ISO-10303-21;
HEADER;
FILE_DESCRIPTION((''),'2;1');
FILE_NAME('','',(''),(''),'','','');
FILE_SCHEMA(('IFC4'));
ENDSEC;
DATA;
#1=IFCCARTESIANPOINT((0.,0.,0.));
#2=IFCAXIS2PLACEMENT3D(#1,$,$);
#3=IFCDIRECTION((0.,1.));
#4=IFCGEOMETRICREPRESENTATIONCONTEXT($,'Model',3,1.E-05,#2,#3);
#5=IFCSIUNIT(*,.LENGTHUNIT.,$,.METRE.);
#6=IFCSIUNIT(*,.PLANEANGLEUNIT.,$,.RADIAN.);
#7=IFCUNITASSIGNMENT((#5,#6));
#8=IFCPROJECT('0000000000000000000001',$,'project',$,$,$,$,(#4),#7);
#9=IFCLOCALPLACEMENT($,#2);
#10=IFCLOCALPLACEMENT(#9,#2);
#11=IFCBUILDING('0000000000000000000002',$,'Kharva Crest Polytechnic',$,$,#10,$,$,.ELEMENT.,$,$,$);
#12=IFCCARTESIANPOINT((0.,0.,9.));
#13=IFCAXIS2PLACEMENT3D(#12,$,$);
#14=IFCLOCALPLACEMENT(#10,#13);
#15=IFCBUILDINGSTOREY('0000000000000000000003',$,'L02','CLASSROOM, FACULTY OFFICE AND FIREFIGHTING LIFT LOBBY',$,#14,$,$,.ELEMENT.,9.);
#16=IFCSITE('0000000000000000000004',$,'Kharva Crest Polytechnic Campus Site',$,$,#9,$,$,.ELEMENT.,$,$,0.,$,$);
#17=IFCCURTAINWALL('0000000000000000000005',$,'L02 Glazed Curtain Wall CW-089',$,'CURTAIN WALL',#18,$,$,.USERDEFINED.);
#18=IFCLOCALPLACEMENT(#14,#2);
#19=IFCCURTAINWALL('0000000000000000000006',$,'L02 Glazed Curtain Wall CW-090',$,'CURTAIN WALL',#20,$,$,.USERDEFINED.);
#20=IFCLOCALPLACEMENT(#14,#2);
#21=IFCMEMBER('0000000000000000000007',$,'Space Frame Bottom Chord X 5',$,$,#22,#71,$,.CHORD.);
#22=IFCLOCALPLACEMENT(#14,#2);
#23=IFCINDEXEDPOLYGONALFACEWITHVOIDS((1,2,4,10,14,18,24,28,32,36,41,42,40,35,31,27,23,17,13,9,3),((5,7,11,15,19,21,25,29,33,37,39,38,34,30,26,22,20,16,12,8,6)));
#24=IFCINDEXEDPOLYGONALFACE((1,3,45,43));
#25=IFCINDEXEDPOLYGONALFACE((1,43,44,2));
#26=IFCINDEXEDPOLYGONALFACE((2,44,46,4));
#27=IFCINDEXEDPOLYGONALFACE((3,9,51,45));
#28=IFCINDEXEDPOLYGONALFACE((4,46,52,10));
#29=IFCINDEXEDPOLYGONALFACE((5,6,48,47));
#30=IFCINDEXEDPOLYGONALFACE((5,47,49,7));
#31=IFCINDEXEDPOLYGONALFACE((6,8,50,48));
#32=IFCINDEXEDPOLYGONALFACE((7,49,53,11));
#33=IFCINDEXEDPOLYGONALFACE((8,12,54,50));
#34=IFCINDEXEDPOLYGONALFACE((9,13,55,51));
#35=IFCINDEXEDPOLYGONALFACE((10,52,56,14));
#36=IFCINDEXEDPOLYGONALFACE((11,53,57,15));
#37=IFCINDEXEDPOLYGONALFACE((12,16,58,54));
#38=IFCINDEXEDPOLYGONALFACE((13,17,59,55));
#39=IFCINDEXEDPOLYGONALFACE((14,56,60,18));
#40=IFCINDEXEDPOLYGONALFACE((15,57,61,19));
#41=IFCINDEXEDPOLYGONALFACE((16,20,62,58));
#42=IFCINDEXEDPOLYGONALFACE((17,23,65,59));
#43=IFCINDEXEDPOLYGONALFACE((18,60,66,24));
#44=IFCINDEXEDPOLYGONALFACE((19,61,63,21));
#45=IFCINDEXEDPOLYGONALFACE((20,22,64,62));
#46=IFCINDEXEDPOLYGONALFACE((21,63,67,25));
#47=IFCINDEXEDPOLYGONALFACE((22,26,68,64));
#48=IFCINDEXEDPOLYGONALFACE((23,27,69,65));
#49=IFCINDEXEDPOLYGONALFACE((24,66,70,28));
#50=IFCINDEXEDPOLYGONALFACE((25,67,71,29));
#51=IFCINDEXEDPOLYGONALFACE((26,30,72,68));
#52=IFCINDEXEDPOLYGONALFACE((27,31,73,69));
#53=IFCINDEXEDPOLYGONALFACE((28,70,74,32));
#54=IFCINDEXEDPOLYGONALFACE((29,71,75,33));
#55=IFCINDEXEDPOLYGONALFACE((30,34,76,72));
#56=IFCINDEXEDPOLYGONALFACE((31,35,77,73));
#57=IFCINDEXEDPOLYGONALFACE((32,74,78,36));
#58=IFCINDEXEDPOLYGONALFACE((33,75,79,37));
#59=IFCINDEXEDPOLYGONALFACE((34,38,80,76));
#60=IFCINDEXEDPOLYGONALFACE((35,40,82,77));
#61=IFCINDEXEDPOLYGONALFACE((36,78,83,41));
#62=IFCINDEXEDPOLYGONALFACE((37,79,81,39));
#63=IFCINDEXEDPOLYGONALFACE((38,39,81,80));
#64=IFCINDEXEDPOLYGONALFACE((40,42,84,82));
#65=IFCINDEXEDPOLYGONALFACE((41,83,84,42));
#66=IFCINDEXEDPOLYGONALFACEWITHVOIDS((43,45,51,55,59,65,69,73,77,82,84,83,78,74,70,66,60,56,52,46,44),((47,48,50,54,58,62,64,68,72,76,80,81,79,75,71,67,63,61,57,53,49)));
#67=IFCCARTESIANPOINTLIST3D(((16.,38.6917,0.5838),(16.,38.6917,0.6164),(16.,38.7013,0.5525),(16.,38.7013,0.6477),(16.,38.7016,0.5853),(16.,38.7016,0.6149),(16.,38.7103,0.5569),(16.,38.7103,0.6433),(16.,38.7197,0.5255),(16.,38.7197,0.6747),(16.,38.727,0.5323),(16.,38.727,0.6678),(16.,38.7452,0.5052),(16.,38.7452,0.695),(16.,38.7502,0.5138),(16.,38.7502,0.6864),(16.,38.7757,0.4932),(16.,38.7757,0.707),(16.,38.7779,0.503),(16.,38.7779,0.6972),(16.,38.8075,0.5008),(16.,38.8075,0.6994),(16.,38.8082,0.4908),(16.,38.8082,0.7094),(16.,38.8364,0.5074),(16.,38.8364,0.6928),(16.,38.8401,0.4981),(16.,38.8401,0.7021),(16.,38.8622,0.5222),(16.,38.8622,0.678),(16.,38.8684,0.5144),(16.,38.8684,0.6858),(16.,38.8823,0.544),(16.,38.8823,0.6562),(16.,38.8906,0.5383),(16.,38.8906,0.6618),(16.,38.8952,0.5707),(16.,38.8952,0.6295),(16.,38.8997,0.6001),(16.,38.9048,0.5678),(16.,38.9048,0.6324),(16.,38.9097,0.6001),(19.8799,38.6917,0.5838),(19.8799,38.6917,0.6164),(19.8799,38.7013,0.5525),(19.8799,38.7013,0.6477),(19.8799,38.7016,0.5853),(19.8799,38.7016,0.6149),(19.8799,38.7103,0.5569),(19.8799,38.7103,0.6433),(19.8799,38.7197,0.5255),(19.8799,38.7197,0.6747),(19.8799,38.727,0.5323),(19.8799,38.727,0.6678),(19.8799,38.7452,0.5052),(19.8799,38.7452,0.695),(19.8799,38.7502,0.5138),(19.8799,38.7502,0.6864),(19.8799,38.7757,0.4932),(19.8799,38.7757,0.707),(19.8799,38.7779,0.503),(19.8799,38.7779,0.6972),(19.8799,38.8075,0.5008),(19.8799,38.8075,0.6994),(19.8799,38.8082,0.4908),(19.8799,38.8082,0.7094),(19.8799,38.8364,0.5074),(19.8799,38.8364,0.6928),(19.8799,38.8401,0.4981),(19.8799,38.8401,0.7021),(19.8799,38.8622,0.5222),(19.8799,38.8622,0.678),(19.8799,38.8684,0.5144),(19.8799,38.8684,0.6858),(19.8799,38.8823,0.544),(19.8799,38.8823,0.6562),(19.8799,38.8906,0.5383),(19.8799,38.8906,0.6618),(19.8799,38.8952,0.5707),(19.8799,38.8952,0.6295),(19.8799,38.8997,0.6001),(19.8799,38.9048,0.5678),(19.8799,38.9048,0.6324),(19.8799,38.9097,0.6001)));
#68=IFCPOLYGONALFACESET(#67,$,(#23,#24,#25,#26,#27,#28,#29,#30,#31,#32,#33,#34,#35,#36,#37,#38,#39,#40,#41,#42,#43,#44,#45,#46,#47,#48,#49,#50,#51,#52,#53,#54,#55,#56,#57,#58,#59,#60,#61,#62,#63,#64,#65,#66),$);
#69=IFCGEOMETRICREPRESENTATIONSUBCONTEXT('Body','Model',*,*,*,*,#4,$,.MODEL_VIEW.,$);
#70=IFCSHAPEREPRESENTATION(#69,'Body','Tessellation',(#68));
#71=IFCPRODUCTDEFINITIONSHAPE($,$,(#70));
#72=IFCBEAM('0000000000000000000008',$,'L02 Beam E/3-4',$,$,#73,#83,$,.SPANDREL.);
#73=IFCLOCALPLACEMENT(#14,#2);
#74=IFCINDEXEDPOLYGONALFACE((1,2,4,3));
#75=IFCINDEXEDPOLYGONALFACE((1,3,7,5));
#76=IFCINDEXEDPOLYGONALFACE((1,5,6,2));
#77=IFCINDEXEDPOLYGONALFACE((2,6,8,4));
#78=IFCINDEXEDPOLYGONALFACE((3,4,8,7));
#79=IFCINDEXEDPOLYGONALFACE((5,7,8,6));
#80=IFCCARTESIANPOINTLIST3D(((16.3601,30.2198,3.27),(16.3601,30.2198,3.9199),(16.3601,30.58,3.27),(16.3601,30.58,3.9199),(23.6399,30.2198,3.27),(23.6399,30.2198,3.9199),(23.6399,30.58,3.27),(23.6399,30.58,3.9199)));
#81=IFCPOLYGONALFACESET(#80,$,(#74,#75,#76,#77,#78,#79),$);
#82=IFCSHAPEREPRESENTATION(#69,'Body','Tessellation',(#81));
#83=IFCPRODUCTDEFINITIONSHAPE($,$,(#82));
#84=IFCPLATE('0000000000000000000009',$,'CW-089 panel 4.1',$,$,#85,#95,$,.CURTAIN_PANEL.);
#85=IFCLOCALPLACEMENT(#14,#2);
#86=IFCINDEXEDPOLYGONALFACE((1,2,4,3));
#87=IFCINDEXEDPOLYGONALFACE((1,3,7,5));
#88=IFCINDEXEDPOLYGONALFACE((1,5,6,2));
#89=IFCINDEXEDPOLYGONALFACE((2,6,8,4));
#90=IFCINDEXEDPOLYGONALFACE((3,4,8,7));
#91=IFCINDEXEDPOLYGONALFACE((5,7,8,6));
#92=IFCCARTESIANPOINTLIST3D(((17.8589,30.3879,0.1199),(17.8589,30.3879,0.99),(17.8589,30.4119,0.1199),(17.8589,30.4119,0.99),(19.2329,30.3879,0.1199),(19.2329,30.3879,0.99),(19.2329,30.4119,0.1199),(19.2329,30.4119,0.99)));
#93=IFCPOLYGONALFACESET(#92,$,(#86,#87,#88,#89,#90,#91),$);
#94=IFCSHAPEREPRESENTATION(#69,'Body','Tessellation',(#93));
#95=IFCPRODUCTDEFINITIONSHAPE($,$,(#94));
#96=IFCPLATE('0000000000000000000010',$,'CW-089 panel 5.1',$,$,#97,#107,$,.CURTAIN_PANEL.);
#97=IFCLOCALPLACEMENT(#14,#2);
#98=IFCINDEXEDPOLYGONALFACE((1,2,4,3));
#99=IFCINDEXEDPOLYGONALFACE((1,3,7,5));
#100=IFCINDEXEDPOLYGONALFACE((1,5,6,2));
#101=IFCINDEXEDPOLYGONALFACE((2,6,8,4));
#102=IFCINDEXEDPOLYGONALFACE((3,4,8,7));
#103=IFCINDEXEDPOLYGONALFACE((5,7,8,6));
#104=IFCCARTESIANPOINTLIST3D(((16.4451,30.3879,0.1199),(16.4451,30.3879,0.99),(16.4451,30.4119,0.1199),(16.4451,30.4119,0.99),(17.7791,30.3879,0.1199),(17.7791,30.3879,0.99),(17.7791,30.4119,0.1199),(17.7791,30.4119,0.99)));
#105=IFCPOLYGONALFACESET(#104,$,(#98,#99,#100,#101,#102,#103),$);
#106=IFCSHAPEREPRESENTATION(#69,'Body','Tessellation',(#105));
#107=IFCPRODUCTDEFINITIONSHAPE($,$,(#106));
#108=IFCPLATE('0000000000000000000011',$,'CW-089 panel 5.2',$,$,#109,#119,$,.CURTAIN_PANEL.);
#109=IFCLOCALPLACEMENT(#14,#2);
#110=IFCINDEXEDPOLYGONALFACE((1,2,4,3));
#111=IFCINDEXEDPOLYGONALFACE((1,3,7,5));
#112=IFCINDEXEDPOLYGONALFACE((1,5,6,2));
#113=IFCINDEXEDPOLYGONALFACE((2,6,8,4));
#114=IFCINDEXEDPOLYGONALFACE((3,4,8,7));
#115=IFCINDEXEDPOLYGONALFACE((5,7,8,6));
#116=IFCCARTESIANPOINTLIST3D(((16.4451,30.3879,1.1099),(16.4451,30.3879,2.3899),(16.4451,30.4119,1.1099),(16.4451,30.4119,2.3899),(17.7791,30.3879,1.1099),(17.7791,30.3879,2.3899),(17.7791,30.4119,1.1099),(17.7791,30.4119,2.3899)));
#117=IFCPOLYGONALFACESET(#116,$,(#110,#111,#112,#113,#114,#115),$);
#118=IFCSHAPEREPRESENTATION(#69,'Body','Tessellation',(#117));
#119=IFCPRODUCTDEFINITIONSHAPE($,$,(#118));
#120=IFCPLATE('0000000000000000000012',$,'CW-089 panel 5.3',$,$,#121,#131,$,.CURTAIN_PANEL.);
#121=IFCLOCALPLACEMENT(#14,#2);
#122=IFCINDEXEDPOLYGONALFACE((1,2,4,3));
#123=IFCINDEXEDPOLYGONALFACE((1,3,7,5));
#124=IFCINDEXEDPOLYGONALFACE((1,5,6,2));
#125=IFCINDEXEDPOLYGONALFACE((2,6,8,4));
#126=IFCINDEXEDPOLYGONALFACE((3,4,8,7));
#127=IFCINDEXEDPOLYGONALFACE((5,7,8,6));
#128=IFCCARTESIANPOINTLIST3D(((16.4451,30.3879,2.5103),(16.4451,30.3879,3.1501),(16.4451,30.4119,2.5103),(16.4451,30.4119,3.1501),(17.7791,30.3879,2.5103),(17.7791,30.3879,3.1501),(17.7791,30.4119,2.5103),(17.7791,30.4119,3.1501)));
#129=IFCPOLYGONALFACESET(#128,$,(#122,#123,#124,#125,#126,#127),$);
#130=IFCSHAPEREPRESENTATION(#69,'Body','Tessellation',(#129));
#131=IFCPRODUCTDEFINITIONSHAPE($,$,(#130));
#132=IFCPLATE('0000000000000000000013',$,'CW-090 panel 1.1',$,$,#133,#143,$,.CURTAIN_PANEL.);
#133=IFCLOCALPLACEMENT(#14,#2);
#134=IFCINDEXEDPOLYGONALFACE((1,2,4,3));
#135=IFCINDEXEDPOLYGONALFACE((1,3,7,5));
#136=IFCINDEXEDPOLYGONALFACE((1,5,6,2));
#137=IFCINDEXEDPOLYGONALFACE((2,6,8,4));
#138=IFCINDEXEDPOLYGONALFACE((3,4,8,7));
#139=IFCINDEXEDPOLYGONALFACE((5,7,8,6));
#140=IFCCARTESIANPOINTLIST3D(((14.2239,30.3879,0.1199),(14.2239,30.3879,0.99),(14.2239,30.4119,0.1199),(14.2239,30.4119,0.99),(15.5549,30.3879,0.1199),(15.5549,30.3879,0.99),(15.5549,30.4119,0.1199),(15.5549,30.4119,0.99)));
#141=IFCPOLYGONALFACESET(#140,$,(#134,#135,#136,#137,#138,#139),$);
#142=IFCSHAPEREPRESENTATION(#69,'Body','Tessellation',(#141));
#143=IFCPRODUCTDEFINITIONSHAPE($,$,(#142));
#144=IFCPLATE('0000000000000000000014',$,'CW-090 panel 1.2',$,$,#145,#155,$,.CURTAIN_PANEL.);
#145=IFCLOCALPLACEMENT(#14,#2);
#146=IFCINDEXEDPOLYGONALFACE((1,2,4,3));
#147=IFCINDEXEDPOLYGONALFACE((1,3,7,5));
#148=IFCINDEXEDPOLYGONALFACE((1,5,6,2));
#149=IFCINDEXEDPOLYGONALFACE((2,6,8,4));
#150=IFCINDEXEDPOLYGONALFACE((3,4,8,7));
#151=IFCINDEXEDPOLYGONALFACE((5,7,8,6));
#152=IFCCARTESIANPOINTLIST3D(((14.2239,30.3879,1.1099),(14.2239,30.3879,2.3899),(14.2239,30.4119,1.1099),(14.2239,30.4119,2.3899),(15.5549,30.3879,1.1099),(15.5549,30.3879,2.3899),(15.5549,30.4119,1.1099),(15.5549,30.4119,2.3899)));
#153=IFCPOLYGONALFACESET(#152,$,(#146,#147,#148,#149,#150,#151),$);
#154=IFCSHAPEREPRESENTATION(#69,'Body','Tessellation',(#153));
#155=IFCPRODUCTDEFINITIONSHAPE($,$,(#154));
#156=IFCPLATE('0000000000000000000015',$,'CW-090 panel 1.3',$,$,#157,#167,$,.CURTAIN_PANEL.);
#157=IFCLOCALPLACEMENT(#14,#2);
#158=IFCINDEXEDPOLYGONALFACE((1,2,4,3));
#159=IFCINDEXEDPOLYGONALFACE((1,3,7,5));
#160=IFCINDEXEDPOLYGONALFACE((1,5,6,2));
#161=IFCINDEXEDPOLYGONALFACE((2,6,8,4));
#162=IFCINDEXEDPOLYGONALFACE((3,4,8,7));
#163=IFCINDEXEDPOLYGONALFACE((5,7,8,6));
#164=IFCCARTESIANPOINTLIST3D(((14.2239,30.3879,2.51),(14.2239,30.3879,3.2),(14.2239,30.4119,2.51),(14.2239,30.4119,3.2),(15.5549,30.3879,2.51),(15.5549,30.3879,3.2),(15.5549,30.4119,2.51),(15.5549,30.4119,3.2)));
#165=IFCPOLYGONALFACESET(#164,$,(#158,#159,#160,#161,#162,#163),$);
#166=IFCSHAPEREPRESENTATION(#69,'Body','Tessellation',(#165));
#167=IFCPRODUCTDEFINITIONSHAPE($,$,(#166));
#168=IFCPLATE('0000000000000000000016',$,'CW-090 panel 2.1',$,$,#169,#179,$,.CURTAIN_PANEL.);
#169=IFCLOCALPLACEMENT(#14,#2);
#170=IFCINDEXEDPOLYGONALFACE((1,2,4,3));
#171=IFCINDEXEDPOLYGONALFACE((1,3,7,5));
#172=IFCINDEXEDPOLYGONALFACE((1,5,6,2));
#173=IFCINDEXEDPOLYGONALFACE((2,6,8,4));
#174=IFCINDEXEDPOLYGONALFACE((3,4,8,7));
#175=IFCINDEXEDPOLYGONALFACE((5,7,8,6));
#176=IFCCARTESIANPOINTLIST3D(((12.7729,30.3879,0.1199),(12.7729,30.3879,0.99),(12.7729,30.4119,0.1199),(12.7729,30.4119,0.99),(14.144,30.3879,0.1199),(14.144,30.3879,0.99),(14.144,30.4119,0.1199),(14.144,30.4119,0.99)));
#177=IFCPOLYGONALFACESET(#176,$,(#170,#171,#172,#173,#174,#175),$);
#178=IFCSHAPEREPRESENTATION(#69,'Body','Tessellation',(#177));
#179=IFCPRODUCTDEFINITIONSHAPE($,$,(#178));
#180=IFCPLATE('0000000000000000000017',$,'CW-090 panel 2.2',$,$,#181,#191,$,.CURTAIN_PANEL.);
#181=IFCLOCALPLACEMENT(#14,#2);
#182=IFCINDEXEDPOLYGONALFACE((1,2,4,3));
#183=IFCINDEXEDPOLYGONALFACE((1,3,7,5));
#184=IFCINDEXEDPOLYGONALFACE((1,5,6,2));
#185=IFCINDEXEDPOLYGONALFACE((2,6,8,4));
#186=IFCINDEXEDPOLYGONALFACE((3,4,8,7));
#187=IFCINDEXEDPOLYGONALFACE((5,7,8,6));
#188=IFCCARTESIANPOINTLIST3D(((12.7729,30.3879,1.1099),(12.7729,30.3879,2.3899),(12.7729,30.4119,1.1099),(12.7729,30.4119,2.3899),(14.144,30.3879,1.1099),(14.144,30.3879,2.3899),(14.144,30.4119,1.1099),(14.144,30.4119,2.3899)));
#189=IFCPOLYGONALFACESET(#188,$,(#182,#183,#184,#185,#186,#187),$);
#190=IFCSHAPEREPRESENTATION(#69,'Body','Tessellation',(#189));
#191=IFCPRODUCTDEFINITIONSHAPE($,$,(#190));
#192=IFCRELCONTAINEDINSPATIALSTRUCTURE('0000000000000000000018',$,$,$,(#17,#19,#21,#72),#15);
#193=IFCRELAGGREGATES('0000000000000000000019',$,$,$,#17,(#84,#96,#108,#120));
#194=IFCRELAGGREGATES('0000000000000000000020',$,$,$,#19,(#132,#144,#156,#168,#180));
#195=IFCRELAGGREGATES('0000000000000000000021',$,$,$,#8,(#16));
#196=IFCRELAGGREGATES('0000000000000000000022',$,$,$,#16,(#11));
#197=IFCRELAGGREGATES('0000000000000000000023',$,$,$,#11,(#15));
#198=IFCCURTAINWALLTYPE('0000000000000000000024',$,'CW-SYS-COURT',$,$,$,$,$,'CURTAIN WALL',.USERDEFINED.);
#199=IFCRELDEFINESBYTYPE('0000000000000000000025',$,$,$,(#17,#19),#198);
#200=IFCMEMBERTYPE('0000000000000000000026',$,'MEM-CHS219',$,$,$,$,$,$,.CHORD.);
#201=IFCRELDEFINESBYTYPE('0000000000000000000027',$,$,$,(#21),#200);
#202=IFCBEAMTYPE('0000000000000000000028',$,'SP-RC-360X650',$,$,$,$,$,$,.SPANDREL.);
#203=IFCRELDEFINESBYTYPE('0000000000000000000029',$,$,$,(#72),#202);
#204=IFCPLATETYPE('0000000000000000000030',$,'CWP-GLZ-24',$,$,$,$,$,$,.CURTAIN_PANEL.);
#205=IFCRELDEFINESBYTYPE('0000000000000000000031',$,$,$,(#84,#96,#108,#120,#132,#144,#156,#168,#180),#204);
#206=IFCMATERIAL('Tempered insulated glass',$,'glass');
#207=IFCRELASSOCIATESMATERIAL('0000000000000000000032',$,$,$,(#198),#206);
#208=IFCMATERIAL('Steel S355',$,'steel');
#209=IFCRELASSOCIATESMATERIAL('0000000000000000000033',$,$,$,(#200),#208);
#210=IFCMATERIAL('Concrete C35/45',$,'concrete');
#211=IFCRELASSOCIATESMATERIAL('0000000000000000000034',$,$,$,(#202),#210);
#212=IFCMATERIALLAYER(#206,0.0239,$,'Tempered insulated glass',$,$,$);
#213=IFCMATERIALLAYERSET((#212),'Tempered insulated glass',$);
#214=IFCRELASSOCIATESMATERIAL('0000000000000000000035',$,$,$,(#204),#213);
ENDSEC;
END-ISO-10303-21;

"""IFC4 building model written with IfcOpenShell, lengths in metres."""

from ifc_helpers import new_model, si_unit, direction, frame, origin, origin_2d, place, context, subcontext, project, spatial, rectangle, hollow_circle, extrude, material, layer, layer_set, material_profile, profile_set, type_object, element, aggregate, save


model = new_model("IFC4")

# Units and contexts
model_context = context("Model", 3, precision=1e-05, world=origin(), true_north=direction((0.0, 1.0)))
body_context = subcontext(model_context, "Body", "Model", "MODEL_VIEW")
ifc_project = project(units=[si_unit("LENGTHUNIT", "METRE"), si_unit("PLANEANGLEUNIT", "RADIAN")], contexts=[model_context])

# Site, building, storey
site_placement = place(None, origin())
site = spatial("IfcSite", under=ifc_project, at=site_placement, Name="Kharva Crest Polytechnic Campus Site", CompositionType="ELEMENT", RefElevation=0.0)
building_placement = place(site_placement, origin())
building = spatial("IfcBuilding", under=site, at=building_placement, Name="Kharva Crest Polytechnic", CompositionType="ELEMENT")
storey_placement = place(building_placement, frame((0.0, 0.0, 9.0)))
storey = spatial("IfcBuildingStorey", under=building, at=storey_placement, Name="L02", Description="CLASSROOM, FACULTY OFFICE AND FIREFIGHTING LIFT LOBBY", CompositionType="ELEMENT", Elevation=9.0)

# Curtain walls
ifc_material_1 = material(Name="Tempered insulated glass", Category="glass")
curtain_wall_type = type_object("IfcCurtainWallType", Name="CW-SYS-COURT", ElementType="CURTAIN WALL", PredefinedType="USERDEFINED", material=ifc_material_1)
curtain_wall_1_placement = place(storey_placement, origin())
curtain_wall_1 = element("IfcCurtainWall", 1, at=curtain_wall_1_placement, inside=storey, type_object=curtain_wall_type, Name="L02 Glazed Curtain Wall CW-089", ObjectType="CURTAIN WALL", PredefinedType="USERDEFINED")
ifc_material_2 = material(Name="Steel S355", Category="steel")
curtain_wall_2_placement = place(storey_placement, origin())
curtain_wall_2 = element("IfcCurtainWall", 2, at=curtain_wall_2_placement, inside=storey, type_object=curtain_wall_type, Name="L02 Glazed Curtain Wall CW-090", ObjectType="CURTAIN WALL", PredefinedType="USERDEFINED")

# Member
ifc_material_profile_1 = material_profile(ifc_material_2, hollow_circle(Radius=0.1096, WallThickness=0.01, at=origin_2d()), Name="CHS 219.1X10.0")
ifc_profile_set_1 = profile_set([ifc_material_profile_1], Name="Steel S355")
member_type_1 = type_object("IfcMemberType", Name="MEM-CHS219", PredefinedType="CHORD", material=ifc_profile_set_1)
member_1_placement = place(storey_placement, frame((16.0, 38.8, 0.6001), z_axis=(1.0, 0.0, 0.0), x_axis=(0.0, 1.0, 0.0)))
element("IfcMember", 3, at=member_1_placement, inside=storey, type_object=member_type_1, Name="Space Frame Bottom Chord X 5", PredefinedType="CHORD", context=body_context, shape_type="SweptSolid", body=[
    extrude(hollow_circle(Radius=0.1096, WallThickness=0.01, at=origin_2d()), origin(), (0.0, 0.0, 1.0), 3.8799),
])

# Beam
ifc_material_3 = material(Name="Concrete C35/45", Category="concrete")
ifc_material_profile_2 = material_profile(ifc_material_3, rectangle(XDim=0.3601, YDim=0.6499, at=origin_2d()), Name="RECT 360 X 650")
ifc_profile_set_2 = profile_set([ifc_material_profile_2], Name="Concrete C35/45")
beam_type = type_object("IfcBeamType", Name="SP-RC-360X650", PredefinedType="SPANDREL", material=ifc_profile_set_2)
beam_placement = place(storey_placement, frame((16.3601, 30.3999, 3.595), z_axis=(1.0, 0.0, 0.0), x_axis=(0.0, 1.0, 0.0)))
element("IfcBeam", 4, at=beam_placement, inside=storey, type_object=beam_type, Name="L02 Beam E/3-4", PredefinedType="SPANDREL", context=body_context, shape_type="SweptSolid", body=[
    extrude(rectangle(XDim=0.3601, YDim=0.6499, at=origin_2d()), origin(), (0.0, 0.0, 1.0), 7.2798),
])

# Plates
ifc_layer = layer(ifc_material_1, 0.0239, Name="Tempered insulated glass")
ifc_layer_set = layer_set([ifc_layer], Name="Tempered insulated glass")
plate_type = type_object("IfcPlateType", Name="CWP-GLZ-24", PredefinedType="CURTAIN_PANEL", material=ifc_layer_set)
plate_1_placement = place(storey_placement, frame((18.5459, 30.3999, 0.1199), z_axis=(0.0, 0.0, 1.0), x_axis=(-1.0, 0.0, 0.0)))
plate_1 = element("IfcPlate", 5, at=plate_1_placement, type_object=plate_type, Name="CW-089 panel 4.1", PredefinedType="CURTAIN_PANEL", context=body_context, shape_type="SweptSolid", body=[
    extrude(rectangle(XDim=1.374, YDim=0.0239, at=origin_2d()), origin(), (0.0, 0.0, 1.0), 0.8701),
])
plate_2_placement = place(storey_placement, frame((17.1121, 30.3999, 0.1199), z_axis=(0.0, 0.0, 1.0), x_axis=(-1.0, 0.0, 0.0)))
plate_2 = element("IfcPlate", 6, at=plate_2_placement, type_object=plate_type, Name="CW-089 panel 5.1", PredefinedType="CURTAIN_PANEL", context=body_context, shape_type="SweptSolid", body=[
    extrude(rectangle(XDim=1.334, YDim=0.0239, at=origin_2d()), origin(), (0.0, 0.0, 1.0), 0.8701),
])
plate_3_placement = place(storey_placement, frame((17.1121, 30.3999, 1.1099), z_axis=(0.0, 0.0, 1.0), x_axis=(-1.0, 0.0, 0.0)))
plate_3 = element("IfcPlate", 7, at=plate_3_placement, type_object=plate_type, Name="CW-089 panel 5.2", PredefinedType="CURTAIN_PANEL", context=body_context, shape_type="SweptSolid", body=[
    extrude(rectangle(XDim=1.334, YDim=0.0239, at=origin_2d()), origin(), (0.0, 0.0, 1.0), 1.28),
])
plate_4_placement = place(storey_placement, frame((17.1121, 30.3999, 2.5103), z_axis=(0.0, 0.0, 1.0), x_axis=(-1.0, 0.0, 0.0)))
plate_4 = element("IfcPlate", 8, at=plate_4_placement, type_object=plate_type, Name="CW-089 panel 5.3", PredefinedType="CURTAIN_PANEL", context=body_context, shape_type="SweptSolid", body=[
    extrude(rectangle(XDim=1.334, YDim=0.0239, at=origin_2d()), origin(), (0.0, 0.0, 1.0), 0.6399),
])
aggregate(curtain_wall_1, [plate_1, plate_2, plate_3, plate_4])
plate_5_placement = place(storey_placement, frame((14.8894, 30.3999, 0.1199), z_axis=(0.0, 0.0, 1.0), x_axis=(-1.0, 0.0, 0.0)))
plate_5 = element("IfcPlate", 9, at=plate_5_placement, type_object=plate_type, Name="CW-090 panel 1.1", PredefinedType="CURTAIN_PANEL", context=body_context, shape_type="SweptSolid", body=[
    extrude(rectangle(XDim=1.3311, YDim=0.0239, at=origin_2d()), origin(), (0.0, 0.0, 1.0), 0.8701),
])
plate_6_placement = place(storey_placement, frame((14.8894, 30.3999, 1.1099), z_axis=(0.0, 0.0, 1.0), x_axis=(-1.0, 0.0, 0.0)))
plate_6 = element("IfcPlate", 10, at=plate_6_placement, type_object=plate_type, Name="CW-090 panel 1.2", PredefinedType="CURTAIN_PANEL", context=body_context, shape_type="SweptSolid", body=[
    extrude(rectangle(XDim=1.3311, YDim=0.0239, at=origin_2d()), origin(), (0.0, 0.0, 1.0), 1.28),
])
plate_7_placement = place(storey_placement, frame((14.8894, 30.3999, 2.51), z_axis=(0.0, 0.0, 1.0), x_axis=(-1.0, 0.0, 0.0)))
plate_7 = element("IfcPlate", 11, at=plate_7_placement, type_object=plate_type, Name="CW-090 panel 1.3", PredefinedType="CURTAIN_PANEL", context=body_context, shape_type="SweptSolid", body=[
    extrude(rectangle(XDim=1.3311, YDim=0.0239, at=origin_2d()), origin(), (0.0, 0.0, 1.0), 0.6899),
])
plate_8_placement = place(storey_placement, frame((13.4585, 30.3999, 0.1199), z_axis=(0.0, 0.0, 1.0), x_axis=(-1.0, 0.0, 0.0)))
plate_8 = element("IfcPlate", 12, at=plate_8_placement, type_object=plate_type, Name="CW-090 panel 2.1", PredefinedType="CURTAIN_PANEL", context=body_context, shape_type="SweptSolid", body=[
    extrude(rectangle(XDim=1.3711, YDim=0.0239, at=origin_2d()), origin(), (0.0, 0.0, 1.0), 0.8701),
])
plate_9_placement = place(storey_placement, frame((13.4585, 30.3999, 1.1099), z_axis=(0.0, 0.0, 1.0), x_axis=(-1.0, 0.0, 0.0)))
plate_9 = element("IfcPlate", 13, at=plate_9_placement, type_object=plate_type, Name="CW-090 panel 2.2", PredefinedType="CURTAIN_PANEL", context=body_context, shape_type="SweptSolid", body=[
    extrude(rectangle(XDim=1.3711, YDim=0.0239, at=origin_2d()), origin(), (0.0, 0.0, 1.0), 1.28),
])
aggregate(curtain_wall_2, [plate_5, plate_6, plate_7, plate_8, plate_9])

save(model, "model.ifc")
